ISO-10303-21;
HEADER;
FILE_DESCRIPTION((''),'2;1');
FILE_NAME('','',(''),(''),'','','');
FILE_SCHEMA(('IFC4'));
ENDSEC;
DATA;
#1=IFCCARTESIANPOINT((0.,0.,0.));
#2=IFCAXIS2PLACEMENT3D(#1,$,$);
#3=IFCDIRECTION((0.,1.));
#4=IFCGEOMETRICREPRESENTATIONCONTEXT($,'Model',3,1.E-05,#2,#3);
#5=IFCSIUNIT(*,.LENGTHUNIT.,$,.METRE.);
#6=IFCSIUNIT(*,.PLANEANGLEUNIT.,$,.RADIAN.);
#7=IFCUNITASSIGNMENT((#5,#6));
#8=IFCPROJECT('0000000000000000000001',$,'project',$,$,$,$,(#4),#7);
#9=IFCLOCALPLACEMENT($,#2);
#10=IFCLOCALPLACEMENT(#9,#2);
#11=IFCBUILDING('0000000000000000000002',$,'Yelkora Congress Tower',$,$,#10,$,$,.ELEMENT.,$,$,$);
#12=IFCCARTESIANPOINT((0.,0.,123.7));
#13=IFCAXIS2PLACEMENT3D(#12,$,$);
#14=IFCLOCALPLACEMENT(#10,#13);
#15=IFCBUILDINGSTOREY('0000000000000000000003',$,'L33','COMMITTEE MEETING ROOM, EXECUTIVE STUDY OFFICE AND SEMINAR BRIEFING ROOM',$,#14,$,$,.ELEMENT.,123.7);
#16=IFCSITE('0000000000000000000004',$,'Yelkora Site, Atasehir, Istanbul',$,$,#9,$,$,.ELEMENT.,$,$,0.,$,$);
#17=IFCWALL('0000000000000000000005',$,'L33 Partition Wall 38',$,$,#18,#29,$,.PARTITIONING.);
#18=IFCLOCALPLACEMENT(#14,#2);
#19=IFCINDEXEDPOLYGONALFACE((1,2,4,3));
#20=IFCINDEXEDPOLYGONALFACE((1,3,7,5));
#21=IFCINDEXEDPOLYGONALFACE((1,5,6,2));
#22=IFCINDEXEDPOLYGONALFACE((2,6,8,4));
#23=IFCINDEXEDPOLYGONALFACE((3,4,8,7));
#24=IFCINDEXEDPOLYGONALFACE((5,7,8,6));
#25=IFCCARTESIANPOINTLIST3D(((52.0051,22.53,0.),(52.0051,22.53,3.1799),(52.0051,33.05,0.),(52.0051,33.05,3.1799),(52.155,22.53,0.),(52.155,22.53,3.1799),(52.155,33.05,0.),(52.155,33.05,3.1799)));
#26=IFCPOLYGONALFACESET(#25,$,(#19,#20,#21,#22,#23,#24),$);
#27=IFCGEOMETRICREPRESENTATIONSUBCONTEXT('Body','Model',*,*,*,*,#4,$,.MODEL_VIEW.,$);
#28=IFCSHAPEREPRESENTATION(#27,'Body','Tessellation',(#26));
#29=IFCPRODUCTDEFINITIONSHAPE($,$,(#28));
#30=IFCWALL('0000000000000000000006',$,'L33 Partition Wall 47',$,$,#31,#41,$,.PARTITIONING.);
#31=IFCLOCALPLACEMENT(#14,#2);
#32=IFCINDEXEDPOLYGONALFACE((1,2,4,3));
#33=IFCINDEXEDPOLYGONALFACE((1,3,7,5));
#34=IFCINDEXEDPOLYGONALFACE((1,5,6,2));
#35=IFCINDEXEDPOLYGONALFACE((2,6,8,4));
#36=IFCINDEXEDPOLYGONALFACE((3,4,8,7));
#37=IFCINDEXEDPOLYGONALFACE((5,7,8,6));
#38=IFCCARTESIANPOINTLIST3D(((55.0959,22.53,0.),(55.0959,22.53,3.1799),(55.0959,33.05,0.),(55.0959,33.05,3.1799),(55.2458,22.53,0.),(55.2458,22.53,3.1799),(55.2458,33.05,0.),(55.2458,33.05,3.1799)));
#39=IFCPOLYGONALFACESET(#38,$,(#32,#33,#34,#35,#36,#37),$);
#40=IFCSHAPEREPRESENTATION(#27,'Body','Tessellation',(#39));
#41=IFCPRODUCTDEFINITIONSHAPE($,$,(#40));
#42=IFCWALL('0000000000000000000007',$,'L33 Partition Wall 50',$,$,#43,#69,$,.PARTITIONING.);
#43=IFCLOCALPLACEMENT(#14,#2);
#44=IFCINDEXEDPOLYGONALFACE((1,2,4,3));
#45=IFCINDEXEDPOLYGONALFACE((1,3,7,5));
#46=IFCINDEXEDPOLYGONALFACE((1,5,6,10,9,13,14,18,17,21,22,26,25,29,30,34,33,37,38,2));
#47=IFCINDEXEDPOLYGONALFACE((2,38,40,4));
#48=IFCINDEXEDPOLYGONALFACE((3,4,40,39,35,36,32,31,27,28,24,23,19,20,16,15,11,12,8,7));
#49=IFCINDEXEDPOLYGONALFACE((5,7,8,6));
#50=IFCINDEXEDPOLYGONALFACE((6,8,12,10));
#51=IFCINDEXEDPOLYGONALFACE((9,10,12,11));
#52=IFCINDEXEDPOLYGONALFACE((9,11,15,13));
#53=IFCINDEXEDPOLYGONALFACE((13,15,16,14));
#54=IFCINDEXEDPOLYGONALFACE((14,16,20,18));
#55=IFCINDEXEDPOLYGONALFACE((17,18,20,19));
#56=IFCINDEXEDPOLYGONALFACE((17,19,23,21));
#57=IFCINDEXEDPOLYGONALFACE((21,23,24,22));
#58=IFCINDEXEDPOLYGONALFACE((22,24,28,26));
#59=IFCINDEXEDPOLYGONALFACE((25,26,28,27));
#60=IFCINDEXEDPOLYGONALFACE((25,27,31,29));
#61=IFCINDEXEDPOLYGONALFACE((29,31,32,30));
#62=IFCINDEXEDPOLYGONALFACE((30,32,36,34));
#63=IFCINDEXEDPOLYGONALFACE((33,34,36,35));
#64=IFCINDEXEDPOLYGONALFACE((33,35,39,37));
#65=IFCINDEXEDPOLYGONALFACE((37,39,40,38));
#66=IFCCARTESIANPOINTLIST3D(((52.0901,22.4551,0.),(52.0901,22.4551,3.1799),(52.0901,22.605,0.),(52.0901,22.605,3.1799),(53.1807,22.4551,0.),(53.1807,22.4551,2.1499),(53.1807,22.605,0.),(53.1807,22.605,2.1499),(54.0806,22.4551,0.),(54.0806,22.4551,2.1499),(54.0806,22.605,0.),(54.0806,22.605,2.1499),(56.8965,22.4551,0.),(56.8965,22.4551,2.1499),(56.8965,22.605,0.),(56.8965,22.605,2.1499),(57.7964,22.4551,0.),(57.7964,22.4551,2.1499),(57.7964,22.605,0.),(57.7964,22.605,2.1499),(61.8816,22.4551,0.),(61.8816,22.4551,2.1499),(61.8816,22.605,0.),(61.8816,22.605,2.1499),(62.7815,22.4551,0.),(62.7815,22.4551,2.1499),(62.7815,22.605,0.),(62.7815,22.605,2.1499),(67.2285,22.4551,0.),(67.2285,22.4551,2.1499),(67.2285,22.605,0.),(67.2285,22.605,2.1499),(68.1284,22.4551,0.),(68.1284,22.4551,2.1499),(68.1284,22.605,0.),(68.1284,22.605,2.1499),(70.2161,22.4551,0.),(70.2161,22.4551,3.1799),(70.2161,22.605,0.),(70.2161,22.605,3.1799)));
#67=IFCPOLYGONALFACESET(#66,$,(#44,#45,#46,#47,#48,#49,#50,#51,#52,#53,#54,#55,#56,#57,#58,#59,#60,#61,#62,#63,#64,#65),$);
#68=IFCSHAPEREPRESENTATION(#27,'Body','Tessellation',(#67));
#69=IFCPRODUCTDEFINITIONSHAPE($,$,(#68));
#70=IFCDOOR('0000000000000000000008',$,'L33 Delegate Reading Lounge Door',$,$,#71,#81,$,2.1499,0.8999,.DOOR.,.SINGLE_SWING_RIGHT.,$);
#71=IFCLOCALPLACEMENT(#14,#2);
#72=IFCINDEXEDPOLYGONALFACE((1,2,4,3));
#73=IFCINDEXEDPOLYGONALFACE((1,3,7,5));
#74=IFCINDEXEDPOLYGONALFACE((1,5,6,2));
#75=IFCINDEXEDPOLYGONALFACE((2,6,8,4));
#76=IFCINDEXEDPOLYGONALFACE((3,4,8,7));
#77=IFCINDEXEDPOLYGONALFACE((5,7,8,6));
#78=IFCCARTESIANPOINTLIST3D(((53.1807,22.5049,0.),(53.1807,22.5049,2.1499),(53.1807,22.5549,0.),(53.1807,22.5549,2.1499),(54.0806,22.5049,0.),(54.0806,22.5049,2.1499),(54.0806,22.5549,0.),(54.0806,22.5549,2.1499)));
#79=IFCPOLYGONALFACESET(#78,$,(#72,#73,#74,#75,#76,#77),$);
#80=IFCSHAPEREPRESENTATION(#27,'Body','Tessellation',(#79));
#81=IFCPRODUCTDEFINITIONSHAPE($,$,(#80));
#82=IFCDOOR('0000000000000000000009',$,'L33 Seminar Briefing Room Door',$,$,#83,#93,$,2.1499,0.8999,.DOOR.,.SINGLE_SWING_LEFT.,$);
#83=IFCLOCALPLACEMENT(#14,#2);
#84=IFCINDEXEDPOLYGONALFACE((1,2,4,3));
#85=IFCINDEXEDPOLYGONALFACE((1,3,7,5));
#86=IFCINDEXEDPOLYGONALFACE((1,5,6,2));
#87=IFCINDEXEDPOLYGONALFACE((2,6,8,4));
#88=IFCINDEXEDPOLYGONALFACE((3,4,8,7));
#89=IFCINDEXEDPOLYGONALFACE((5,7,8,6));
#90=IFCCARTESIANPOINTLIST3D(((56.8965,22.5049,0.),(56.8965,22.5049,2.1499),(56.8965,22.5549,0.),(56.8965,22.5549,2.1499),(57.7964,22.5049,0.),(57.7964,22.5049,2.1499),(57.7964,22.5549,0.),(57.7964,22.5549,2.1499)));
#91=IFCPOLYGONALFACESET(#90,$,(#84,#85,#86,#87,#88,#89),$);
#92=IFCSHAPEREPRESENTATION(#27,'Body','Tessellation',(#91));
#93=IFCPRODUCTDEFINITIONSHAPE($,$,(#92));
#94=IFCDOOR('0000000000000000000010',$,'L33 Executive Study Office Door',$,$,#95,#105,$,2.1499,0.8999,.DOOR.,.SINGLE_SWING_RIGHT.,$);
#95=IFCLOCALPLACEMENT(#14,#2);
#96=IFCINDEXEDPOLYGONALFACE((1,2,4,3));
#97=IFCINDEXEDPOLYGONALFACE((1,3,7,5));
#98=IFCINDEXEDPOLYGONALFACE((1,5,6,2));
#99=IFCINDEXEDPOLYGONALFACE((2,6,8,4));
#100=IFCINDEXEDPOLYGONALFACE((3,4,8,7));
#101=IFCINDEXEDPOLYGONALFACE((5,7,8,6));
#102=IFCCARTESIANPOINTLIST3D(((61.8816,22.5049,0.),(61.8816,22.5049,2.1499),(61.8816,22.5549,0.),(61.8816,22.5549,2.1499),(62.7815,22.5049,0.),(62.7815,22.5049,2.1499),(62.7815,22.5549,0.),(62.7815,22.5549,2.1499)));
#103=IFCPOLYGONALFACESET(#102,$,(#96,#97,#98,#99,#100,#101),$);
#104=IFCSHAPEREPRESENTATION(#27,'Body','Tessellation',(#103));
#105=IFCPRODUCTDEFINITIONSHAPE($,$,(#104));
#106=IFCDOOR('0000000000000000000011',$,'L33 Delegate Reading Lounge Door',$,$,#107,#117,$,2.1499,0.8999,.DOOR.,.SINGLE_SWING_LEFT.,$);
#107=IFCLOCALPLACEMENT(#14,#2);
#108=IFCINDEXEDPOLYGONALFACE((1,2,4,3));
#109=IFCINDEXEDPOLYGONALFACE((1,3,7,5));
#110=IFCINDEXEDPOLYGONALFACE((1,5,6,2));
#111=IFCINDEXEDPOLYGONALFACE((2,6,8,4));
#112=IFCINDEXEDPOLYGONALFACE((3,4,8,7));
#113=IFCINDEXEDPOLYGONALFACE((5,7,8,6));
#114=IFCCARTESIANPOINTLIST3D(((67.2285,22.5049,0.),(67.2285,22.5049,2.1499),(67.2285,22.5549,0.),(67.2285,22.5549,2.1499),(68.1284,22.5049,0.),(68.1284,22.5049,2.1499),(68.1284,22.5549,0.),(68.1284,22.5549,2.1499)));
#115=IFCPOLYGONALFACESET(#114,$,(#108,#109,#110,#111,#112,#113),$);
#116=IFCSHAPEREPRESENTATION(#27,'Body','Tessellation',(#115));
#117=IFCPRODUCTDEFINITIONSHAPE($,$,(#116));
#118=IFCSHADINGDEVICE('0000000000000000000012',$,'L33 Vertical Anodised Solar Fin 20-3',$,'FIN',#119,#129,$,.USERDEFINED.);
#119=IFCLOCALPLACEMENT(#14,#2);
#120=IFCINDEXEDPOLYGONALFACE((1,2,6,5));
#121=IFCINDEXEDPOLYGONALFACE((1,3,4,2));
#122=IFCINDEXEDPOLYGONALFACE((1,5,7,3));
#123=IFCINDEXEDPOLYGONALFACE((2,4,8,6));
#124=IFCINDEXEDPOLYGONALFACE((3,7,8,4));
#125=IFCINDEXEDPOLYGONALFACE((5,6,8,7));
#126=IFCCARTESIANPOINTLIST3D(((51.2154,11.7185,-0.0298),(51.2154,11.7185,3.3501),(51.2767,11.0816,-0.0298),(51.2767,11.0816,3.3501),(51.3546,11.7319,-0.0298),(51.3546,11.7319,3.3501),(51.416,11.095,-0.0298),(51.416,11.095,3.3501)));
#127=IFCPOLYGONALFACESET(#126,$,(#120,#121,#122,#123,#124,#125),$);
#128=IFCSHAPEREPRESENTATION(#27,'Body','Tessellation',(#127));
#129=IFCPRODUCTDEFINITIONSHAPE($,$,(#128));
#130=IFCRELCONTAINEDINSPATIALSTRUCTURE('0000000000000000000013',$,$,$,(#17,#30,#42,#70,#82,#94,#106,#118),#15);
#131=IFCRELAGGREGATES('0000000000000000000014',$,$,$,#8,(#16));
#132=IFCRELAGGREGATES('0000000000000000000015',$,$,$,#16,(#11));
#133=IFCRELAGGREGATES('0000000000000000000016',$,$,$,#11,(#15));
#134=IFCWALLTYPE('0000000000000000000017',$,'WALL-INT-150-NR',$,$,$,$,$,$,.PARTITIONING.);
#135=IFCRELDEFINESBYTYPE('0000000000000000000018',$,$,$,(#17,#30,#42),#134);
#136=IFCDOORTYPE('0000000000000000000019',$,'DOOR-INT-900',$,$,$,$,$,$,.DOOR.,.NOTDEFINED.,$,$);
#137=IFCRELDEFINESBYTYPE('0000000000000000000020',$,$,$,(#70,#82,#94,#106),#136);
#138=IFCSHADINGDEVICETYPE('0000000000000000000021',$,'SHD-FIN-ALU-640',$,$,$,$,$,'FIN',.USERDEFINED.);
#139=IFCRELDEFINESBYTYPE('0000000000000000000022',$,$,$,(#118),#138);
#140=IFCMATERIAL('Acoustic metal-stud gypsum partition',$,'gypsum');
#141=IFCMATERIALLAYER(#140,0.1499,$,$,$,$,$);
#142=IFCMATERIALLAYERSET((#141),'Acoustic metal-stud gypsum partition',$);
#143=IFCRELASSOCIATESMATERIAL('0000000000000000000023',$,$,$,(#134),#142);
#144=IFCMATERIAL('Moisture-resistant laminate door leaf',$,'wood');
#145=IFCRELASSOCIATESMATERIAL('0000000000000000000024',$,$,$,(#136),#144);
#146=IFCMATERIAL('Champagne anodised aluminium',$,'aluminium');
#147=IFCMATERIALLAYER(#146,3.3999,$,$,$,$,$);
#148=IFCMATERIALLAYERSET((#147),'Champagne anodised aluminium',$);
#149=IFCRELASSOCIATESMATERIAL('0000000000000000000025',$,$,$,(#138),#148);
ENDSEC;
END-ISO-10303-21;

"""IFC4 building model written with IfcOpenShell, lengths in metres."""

from ifc_helpers import new_model, si_unit, direction, frame, frame_2d, origin, origin_2d, place, context, subcontext, project, spatial, rectangle, extrude, material, layer, layer_set, type_object, element, fill, save


model = new_model("IFC4")

# Units and contexts
model_context = context("Model", 3, precision=1e-05, world=origin(), true_north=direction((0.0, 1.0)))
body_context = subcontext(model_context, "Body", "Model", "MODEL_VIEW")
ifc_project = project(units=[si_unit("LENGTHUNIT", "METRE"), si_unit("PLANEANGLEUNIT", "RADIAN")], contexts=[model_context])

# Site, building, storey
site_placement = place(None, origin())
site = spatial("IfcSite", under=ifc_project, at=site_placement, Name="Yelkora Site, Atasehir, Istanbul", CompositionType="ELEMENT", RefElevation=0.0)
building_placement = place(site_placement, origin())
building = spatial("IfcBuilding", under=site, at=building_placement, Name="Yelkora Congress Tower", CompositionType="ELEMENT")
storey_placement = place(building_placement, frame((0.0, 0.0, 123.7)))
storey = spatial("IfcBuildingStorey", under=building, at=storey_placement, Name="L33", Description="COMMITTEE MEETING ROOM, EXECUTIVE STUDY OFFICE AND SEMINAR BRIEFING ROOM", CompositionType="ELEMENT", Elevation=123.7)

# Walls
ifc_material_1 = material(Name="Acoustic metal-stud gypsum partition", Category="gypsum")
ifc_layer_1 = layer(ifc_material_1, 0.1499)
ifc_layer_set_1 = layer_set([ifc_layer_1], Name="Acoustic metal-stud gypsum partition")
wall_type = type_object("IfcWallType", Name="WALL-INT-150-NR", PredefinedType="PARTITIONING", material=ifc_layer_set_1)
for number, where, z_axis, x_axis, name in (
    (1, (52.0801, 22.53, 0.0), (0.0, 0.0, 1.0), (0.0, 1.0, 0.0), "L33 Partition Wall 38"),
    (2, (55.1709, 22.53, 0.0), (0.0, 0.0, 1.0), (0.0, 1.0, 0.0), "L33 Partition Wall 47"),
):
    element("IfcWall", number, at=place(storey_placement, frame(where, z_axis=z_axis, x_axis=x_axis)), inside=storey, type_object=wall_type, Name=name, PredefinedType="PARTITIONING", context=body_context, shape_type="SweptSolid", body=[
        extrude(rectangle(XDim=10.52, YDim=0.1499, at=frame_2d((5.26, 0.0))), origin(), (0.0, 0.0, 1.0), 3.1799),
    ])

# Wall, openings, doors
wall_1_placement = place(storey_placement, frame((52.0901, 22.53, 0.0), z_axis=(0.0, 0.0, 1.0), x_axis=(1.0, 0.0, 0.0)))
wall_1 = element("IfcWall", 3, at=wall_1_placement, inside=storey, type_object=wall_type, Name="L33 Partition Wall 50", PredefinedType="PARTITIONING", context=body_context, shape_type="SweptSolid", body=[
    extrude(rectangle(XDim=18.126, YDim=0.1499, at=frame_2d((9.063, 0.0))), origin(), (0.0, 0.0, 1.0), 3.1799),
])
opening_1_placement = place(wall_1_placement, frame((1.0906, 0.0, 0.0)))
opening_1 = element("IfcOpeningElement", 4, at=opening_1_placement, cuts=wall_1, PredefinedType="OPENING", context=body_context, shape_type="SweptSolid", body=[
    extrude(rectangle(XDim=0.8999, YDim=2.1499, at=frame_2d((0.45, 1.075))), frame((0.0, 0.085, 0.0), z_axis=(0.0, -1.0, 0.0), x_axis=(1.0, 0.0, 0.0)), (0.0, 0.0, 1.0), 0.1699),
])
opening_2_placement = place(wall_1_placement, frame((4.8064, 0.0, 0.0)))
opening_2 = element("IfcOpeningElement", 5, at=opening_2_placement, cuts=wall_1, PredefinedType="OPENING", context=body_context, shape_type="SweptSolid", body=[
    extrude(rectangle(XDim=0.8999, YDim=2.1499, at=frame_2d((0.45, 1.075))), frame((0.0, 0.085, 0.0), z_axis=(0.0, -1.0, 0.0), x_axis=(1.0, 0.0, 0.0)), (0.0, 0.0, 1.0), 0.1699),
])
opening_3_placement = place(wall_1_placement, frame((9.7915, 0.0, 0.0)))
opening_3 = element("IfcOpeningElement", 6, at=opening_3_placement, cuts=wall_1, PredefinedType="OPENING", context=body_context, shape_type="SweptSolid", body=[
    extrude(rectangle(XDim=0.8999, YDim=2.1499, at=frame_2d((0.45, 1.075))), frame((0.0, 0.085, 0.0), z_axis=(0.0, -1.0, 0.0), x_axis=(1.0, 0.0, 0.0)), (0.0, 0.0, 1.0), 0.1699),
])
opening_4_placement = place(wall_1_placement, frame((15.1384, 0.0, 0.0)))
opening_4 = element("IfcOpeningElement", 7, at=opening_4_placement, cuts=wall_1, PredefinedType="OPENING", context=body_context, shape_type="SweptSolid", body=[
    extrude(rectangle(XDim=0.8999, YDim=2.1499, at=frame_2d((0.45, 1.075))), frame((0.0, 0.085, 0.0), z_axis=(0.0, -1.0, 0.0), x_axis=(1.0, 0.0, 0.0)), (0.0, 0.0, 1.0), 0.1699),
])
ifc_material_2 = material(Name="Moisture-resistant laminate door leaf", Category="wood")
door_type = type_object("IfcDoorType", Name="DOOR-INT-900", OperationType="NOTDEFINED", PredefinedType="DOOR", material=ifc_material_2)
door_1_placement = place(opening_1_placement, origin())
door_1 = element("IfcDoor", 8, at=door_1_placement, inside=storey, type_object=door_type, Name="L33 Delegate Reading Lounge Door", OperationType="SINGLE_SWING_RIGHT", OverallHeight=2.1499, OverallWidth=0.8999, PredefinedType="DOOR", context=body_context, shape_type="SweptSolid", body=[
    extrude(rectangle(XDim=0.8999, YDim=2.1499, at=frame_2d((0.45, 1.075))), frame((0.0, 0.0249, 0.0), z_axis=(0.0, -1.0, 0.0), x_axis=(1.0, 0.0, 0.0)), (0.0, 0.0, 1.0), 0.05),
])
fill(opening_1, door_1)
door_2_placement = place(opening_2_placement, origin())
door_2 = element("IfcDoor", 9, at=door_2_placement, inside=storey, type_object=door_type, Name="L33 Seminar Briefing Room Door", OperationType="SINGLE_SWING_LEFT", OverallHeight=2.1499, OverallWidth=0.8999, PredefinedType="DOOR", context=body_context, shape_type="SweptSolid", body=[
    extrude(rectangle(XDim=0.8999, YDim=2.1499, at=frame_2d((0.45, 1.075))), frame((0.0, 0.0249, 0.0), z_axis=(0.0, -1.0, 0.0), x_axis=(1.0, 0.0, 0.0)), (0.0, 0.0, 1.0), 0.05),
])
fill(opening_2, door_2)
door_3_placement = place(opening_3_placement, origin())
door_3 = element("IfcDoor", 10, at=door_3_placement, inside=storey, type_object=door_type, Name="L33 Executive Study Office Door", OperationType="SINGLE_SWING_RIGHT", OverallHeight=2.1499, OverallWidth=0.8999, PredefinedType="DOOR", context=body_context, shape_type="SweptSolid", body=[
    extrude(rectangle(XDim=0.8999, YDim=2.1499, at=frame_2d((0.45, 1.075))), frame((0.0, 0.0249, 0.0), z_axis=(0.0, -1.0, 0.0), x_axis=(1.0, 0.0, 0.0)), (0.0, 0.0, 1.0), 0.05),
])
fill(opening_3, door_3)
door_4_placement = place(opening_4_placement, origin())
door_4 = element("IfcDoor", 11, at=door_4_placement, inside=storey, type_object=door_type, Name="L33 Delegate Reading Lounge Door", OperationType="SINGLE_SWING_LEFT", OverallHeight=2.1499, OverallWidth=0.8999, PredefinedType="DOOR", context=body_context, shape_type="SweptSolid", body=[
    extrude(rectangle(XDim=0.8999, YDim=2.1499, at=frame_2d((0.45, 1.075))), frame((0.0, 0.0249, 0.0), z_axis=(0.0, -1.0, 0.0), x_axis=(1.0, 0.0, 0.0)), (0.0, 0.0, 1.0), 0.05),
])
fill(opening_4, door_4)

# Shading device
ifc_material_3 = material(Name="Champagne anodised aluminium", Category="aluminium")
ifc_layer_2 = layer(ifc_material_3, 3.3999)
ifc_layer_set_2 = layer_set([ifc_layer_2], Name="Champagne anodised aluminium")
shading_device_type = type_object("IfcShadingDeviceType", Name="SHD-FIN-ALU-640", ElementType="FIN", PredefinedType="USERDEFINED", material=ifc_layer_set_2)
shading_device_placement = place(storey_placement, frame((51.3157, 11.4067, -0.0298), z_axis=(0.0, 0.0, 1.0), x_axis=(-0.995396, -0.095846, 0.0)))
element("IfcShadingDevice", 12, at=shading_device_placement, inside=storey, type_object=shading_device_type, Name="L33 Vertical Anodised Solar Fin 20-3", ObjectType="FIN", PredefinedType="USERDEFINED", context=body_context, shape_type="SweptSolid", body=[
    extrude(rectangle(XDim=0.1399, YDim=0.6399, at=origin_2d()), origin(), (0.0, 0.0, 1.0), 3.3799),
])

save(model, "model.ifc")
